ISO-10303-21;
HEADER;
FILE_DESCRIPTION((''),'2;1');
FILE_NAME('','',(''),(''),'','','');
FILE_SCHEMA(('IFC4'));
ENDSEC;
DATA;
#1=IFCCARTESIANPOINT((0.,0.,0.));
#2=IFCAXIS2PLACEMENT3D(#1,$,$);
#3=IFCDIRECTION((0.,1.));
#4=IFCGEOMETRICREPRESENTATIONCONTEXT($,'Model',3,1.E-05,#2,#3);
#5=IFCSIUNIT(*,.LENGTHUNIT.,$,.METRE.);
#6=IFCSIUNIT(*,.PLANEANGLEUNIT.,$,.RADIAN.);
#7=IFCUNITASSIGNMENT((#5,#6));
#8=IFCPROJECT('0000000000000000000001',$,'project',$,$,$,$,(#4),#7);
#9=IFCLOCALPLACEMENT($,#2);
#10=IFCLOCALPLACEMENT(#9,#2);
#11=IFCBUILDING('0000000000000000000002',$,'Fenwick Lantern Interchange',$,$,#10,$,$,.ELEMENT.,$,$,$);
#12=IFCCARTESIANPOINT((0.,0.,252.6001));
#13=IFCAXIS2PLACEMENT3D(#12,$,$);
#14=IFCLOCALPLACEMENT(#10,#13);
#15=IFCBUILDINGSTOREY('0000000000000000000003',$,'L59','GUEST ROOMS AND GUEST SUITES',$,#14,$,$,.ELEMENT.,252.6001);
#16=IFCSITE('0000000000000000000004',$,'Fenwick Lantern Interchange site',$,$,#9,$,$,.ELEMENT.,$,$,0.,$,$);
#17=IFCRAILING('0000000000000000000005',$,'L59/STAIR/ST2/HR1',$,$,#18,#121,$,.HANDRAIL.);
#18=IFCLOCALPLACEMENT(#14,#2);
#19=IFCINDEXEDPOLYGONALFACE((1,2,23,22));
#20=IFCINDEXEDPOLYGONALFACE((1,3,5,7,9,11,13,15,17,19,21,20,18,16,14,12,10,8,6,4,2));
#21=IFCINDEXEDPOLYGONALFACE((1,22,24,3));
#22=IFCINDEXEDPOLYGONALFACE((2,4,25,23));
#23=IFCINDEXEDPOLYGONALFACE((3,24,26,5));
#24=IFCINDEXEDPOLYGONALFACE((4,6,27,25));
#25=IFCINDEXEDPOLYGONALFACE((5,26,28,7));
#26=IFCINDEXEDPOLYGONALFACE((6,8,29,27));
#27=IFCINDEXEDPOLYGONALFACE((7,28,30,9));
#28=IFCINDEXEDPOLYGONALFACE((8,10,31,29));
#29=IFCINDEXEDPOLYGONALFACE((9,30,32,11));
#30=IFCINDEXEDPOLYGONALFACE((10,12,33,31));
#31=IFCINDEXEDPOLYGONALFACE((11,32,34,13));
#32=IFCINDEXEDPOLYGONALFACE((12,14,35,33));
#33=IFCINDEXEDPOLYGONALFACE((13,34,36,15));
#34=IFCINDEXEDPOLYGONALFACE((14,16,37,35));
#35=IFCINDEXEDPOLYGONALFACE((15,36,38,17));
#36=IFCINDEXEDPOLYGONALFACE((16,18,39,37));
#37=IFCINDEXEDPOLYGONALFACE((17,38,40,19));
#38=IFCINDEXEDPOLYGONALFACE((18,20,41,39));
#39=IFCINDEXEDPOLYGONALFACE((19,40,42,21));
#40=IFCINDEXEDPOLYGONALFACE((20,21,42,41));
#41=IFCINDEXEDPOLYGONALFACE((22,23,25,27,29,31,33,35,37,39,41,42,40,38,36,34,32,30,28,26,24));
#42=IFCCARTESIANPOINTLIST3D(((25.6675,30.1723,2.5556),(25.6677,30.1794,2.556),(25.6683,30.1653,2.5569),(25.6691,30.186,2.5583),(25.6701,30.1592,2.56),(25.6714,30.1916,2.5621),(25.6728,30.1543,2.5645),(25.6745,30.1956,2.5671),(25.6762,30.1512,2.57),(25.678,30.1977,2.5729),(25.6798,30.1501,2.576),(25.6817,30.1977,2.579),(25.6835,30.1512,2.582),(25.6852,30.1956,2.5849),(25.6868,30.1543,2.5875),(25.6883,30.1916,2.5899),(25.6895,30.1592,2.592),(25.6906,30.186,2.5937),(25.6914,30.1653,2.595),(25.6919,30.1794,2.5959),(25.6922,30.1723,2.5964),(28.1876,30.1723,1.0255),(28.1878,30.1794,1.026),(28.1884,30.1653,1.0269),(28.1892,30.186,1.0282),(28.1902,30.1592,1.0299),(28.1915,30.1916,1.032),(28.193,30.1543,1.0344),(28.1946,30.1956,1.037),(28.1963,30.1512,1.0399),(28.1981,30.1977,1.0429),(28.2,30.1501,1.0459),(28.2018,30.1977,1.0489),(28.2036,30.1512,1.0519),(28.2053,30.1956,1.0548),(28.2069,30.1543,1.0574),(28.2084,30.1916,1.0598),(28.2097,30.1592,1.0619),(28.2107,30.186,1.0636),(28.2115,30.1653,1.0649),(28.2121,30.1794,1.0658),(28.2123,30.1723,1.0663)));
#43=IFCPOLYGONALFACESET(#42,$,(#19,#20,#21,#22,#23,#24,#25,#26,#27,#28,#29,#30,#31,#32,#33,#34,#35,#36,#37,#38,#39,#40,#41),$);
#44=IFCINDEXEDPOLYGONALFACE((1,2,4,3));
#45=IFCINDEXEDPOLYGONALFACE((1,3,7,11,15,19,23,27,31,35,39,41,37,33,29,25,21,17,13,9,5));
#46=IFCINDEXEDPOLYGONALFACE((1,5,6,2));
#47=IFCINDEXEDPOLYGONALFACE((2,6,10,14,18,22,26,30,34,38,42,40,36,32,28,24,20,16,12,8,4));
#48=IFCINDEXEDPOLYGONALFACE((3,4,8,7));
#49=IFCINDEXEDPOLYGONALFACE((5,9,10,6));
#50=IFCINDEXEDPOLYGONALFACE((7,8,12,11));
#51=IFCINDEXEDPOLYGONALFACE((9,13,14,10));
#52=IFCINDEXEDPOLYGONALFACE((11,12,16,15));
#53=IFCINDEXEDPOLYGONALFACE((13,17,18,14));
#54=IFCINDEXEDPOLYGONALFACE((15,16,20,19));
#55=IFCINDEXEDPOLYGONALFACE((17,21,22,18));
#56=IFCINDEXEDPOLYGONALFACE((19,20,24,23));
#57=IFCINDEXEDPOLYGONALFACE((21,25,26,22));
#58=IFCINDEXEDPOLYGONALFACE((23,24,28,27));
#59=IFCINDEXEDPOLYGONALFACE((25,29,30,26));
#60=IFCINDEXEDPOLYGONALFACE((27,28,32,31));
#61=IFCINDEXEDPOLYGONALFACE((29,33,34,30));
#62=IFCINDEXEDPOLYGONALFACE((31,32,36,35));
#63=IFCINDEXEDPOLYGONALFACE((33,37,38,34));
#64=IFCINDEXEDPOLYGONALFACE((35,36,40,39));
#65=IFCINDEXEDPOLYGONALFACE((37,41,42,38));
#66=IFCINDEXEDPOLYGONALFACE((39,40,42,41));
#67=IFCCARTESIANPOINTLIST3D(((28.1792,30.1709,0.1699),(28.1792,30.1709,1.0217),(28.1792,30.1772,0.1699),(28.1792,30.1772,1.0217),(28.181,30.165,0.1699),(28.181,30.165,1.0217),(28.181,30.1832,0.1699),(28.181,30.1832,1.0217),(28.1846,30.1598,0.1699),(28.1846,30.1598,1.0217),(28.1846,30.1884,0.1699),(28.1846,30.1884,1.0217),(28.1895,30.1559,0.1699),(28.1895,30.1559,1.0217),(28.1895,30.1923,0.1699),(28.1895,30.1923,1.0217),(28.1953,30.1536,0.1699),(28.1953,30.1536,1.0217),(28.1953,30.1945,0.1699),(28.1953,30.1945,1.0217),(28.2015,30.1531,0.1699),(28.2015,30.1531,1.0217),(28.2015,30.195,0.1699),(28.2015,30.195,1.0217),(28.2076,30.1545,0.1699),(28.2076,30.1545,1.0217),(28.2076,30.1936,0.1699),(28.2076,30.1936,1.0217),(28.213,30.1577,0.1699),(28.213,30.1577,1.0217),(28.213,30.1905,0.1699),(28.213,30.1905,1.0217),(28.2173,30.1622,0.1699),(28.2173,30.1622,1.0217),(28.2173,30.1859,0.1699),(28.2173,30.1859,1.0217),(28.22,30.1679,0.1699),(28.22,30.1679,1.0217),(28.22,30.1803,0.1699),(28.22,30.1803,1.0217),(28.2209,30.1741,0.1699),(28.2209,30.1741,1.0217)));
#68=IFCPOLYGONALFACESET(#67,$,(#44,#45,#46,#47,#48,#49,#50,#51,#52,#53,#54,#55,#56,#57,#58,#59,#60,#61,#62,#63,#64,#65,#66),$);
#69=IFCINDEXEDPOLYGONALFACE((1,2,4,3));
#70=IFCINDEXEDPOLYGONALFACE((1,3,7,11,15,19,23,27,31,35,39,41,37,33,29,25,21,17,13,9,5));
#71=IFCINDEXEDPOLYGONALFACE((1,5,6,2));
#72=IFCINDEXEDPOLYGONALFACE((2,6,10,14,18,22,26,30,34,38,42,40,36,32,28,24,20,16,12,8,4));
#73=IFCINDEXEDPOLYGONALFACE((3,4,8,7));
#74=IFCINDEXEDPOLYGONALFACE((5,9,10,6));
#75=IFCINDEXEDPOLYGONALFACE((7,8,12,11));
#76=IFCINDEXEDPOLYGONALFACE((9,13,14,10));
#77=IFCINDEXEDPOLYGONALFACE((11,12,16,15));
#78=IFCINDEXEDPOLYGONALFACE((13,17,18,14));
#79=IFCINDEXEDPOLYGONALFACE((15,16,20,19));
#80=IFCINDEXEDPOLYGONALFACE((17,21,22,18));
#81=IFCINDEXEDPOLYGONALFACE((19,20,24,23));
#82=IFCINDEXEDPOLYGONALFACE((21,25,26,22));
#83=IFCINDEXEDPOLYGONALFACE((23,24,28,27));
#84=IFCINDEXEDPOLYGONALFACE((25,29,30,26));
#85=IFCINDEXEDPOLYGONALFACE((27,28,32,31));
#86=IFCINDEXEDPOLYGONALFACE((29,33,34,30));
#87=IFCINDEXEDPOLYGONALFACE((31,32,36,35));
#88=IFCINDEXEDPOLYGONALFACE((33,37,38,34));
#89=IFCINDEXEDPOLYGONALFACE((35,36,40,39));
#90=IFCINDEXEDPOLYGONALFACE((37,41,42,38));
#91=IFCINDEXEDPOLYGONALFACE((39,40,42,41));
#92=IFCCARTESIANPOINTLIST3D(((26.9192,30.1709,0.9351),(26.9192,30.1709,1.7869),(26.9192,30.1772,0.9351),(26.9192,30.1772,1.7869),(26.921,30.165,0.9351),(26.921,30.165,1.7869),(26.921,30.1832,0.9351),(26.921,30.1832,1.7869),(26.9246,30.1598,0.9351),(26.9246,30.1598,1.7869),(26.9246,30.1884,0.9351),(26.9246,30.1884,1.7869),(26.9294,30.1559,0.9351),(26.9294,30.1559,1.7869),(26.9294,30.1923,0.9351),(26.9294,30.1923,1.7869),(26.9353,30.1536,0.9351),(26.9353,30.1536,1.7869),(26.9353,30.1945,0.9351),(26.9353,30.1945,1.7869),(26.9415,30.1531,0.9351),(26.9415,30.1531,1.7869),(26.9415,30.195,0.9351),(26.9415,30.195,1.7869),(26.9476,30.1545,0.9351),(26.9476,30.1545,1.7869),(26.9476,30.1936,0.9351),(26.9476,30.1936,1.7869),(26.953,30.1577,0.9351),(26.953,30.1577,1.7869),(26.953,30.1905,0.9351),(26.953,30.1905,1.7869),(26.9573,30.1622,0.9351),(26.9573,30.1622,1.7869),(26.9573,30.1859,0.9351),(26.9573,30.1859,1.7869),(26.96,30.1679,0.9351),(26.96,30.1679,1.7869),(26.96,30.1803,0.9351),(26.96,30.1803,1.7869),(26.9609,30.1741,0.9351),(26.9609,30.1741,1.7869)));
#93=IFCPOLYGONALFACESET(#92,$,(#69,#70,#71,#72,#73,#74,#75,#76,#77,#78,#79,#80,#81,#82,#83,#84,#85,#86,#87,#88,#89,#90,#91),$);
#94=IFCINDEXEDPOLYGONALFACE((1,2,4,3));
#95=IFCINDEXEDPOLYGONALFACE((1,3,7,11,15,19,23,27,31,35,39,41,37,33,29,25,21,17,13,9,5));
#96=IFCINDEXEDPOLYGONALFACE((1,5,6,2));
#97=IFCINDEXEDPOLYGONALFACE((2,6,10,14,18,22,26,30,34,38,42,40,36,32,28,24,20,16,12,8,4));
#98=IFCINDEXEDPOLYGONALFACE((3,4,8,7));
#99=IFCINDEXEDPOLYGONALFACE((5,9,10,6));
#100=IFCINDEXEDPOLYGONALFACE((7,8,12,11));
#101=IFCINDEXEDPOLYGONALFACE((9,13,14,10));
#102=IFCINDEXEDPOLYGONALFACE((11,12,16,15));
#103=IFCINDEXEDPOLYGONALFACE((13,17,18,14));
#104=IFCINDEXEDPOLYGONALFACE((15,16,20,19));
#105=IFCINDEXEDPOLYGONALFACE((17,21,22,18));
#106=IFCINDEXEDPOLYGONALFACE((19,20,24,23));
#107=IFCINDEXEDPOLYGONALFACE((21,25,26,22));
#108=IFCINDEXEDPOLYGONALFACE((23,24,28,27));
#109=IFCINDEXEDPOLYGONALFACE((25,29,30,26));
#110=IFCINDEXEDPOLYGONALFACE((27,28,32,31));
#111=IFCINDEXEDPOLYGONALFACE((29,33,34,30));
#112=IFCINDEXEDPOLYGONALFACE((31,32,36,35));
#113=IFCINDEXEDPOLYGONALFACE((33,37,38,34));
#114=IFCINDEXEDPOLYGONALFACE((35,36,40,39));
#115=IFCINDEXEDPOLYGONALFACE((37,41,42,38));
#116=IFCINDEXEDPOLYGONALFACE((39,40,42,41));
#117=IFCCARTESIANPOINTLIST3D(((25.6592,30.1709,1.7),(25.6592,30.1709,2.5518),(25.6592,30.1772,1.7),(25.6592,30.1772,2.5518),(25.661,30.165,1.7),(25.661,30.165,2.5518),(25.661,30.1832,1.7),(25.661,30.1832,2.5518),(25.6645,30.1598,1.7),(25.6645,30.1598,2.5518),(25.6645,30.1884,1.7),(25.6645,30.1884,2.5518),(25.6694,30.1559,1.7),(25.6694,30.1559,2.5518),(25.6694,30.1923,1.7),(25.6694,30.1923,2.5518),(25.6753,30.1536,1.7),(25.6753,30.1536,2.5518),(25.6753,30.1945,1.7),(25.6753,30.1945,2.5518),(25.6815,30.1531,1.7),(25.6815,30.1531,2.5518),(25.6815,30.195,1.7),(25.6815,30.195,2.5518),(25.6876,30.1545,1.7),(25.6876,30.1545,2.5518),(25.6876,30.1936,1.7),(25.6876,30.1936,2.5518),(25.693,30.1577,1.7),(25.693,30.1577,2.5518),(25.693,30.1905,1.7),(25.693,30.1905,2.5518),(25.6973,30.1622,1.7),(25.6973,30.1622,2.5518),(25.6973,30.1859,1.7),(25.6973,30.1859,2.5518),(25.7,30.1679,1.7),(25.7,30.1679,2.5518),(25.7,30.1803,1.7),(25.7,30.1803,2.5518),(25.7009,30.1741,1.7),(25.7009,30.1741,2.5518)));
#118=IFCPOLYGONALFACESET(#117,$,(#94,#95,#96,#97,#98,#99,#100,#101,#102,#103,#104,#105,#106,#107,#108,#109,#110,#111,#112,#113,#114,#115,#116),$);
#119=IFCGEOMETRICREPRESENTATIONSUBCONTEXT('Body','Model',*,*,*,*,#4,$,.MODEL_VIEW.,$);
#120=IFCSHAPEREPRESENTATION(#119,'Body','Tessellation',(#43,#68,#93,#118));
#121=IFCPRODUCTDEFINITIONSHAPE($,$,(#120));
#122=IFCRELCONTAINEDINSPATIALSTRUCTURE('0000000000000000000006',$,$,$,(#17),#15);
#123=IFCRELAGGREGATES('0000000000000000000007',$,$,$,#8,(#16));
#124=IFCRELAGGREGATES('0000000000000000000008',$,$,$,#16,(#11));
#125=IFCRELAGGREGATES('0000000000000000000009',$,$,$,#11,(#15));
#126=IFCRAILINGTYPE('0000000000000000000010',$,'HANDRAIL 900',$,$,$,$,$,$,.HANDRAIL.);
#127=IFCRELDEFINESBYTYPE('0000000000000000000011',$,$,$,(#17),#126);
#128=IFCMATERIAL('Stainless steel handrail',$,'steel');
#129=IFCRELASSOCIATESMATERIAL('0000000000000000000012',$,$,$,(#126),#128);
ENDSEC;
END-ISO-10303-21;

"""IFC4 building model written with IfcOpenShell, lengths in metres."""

from ifc_helpers import new_model, si_unit, direction, frame, origin, origin_2d, place, context, subcontext, project, spatial, circle, extrude, material, type_object, element, save


model = new_model("IFC4")

# Units and contexts
model_context = context("Model", 3, precision=1e-05, world=origin(), true_north=direction((0.0, 1.0)))
body_context = subcontext(model_context, "Body", "Model", "MODEL_VIEW")
ifc_project = project(units=[si_unit("LENGTHUNIT", "METRE"), si_unit("PLANEANGLEUNIT", "RADIAN")], contexts=[model_context])

# Site, building, storey
site_placement = place(None, origin())
site = spatial("IfcSite", under=ifc_project, at=site_placement, Name="Fenwick Lantern Interchange site", CompositionType="ELEMENT", RefElevation=0.0)
building_placement = place(site_placement, origin())
building = spatial("IfcBuilding", under=site, at=building_placement, Name="Fenwick Lantern Interchange", CompositionType="ELEMENT")
storey_placement = place(building_placement, frame((0.0, 0.0, 252.6001)))
storey = spatial("IfcBuildingStorey", under=building, at=storey_placement, Name="L59", Description="GUEST ROOMS AND GUEST SUITES", CompositionType="ELEMENT", Elevation=252.6001)

# Railing
ifc_material_1 = material(Name="Stainless steel handrail", Category="steel")
railing_type = type_object("IfcRailingType", Name="HANDRAIL 900", PredefinedType="HANDRAIL", material=ifc_material_1)
railing_1_placement = place(storey_placement, frame((28.2, 30.1741, 0.1699)))
element("IfcRailing", 1, at=railing_1_placement, inside=storey, type_object=railing_type, Name="L59/STAIR/ST2/HR1", PredefinedType="HANDRAIL", context=body_context, shape_type="SweptSolid", body=[
    extrude(circle(Radius=0.0239, at=origin_2d()), frame((0.0, 0.0, 0.876), z_axis=(-0.854785, 0.0, 0.518982), x_axis=(0.0, -1.0, 0.0)), (0.0, 0.0, 1.0), 2.9482),
    extrude(circle(Radius=0.021, at=origin_2d()), origin(), (0.0, 0.0, 1.0), 0.8518),
    extrude(circle(Radius=0.021, at=origin_2d()), frame((-1.26, 0.0, 0.7651)), (0.0, 0.0, 1.0), 0.8518),
    extrude(circle(Radius=0.021, at=origin_2d()), frame((-2.52, 0.0, 1.53)), (0.0, 0.0, 1.0), 0.8518),
])

save(model, "model.ifc")
